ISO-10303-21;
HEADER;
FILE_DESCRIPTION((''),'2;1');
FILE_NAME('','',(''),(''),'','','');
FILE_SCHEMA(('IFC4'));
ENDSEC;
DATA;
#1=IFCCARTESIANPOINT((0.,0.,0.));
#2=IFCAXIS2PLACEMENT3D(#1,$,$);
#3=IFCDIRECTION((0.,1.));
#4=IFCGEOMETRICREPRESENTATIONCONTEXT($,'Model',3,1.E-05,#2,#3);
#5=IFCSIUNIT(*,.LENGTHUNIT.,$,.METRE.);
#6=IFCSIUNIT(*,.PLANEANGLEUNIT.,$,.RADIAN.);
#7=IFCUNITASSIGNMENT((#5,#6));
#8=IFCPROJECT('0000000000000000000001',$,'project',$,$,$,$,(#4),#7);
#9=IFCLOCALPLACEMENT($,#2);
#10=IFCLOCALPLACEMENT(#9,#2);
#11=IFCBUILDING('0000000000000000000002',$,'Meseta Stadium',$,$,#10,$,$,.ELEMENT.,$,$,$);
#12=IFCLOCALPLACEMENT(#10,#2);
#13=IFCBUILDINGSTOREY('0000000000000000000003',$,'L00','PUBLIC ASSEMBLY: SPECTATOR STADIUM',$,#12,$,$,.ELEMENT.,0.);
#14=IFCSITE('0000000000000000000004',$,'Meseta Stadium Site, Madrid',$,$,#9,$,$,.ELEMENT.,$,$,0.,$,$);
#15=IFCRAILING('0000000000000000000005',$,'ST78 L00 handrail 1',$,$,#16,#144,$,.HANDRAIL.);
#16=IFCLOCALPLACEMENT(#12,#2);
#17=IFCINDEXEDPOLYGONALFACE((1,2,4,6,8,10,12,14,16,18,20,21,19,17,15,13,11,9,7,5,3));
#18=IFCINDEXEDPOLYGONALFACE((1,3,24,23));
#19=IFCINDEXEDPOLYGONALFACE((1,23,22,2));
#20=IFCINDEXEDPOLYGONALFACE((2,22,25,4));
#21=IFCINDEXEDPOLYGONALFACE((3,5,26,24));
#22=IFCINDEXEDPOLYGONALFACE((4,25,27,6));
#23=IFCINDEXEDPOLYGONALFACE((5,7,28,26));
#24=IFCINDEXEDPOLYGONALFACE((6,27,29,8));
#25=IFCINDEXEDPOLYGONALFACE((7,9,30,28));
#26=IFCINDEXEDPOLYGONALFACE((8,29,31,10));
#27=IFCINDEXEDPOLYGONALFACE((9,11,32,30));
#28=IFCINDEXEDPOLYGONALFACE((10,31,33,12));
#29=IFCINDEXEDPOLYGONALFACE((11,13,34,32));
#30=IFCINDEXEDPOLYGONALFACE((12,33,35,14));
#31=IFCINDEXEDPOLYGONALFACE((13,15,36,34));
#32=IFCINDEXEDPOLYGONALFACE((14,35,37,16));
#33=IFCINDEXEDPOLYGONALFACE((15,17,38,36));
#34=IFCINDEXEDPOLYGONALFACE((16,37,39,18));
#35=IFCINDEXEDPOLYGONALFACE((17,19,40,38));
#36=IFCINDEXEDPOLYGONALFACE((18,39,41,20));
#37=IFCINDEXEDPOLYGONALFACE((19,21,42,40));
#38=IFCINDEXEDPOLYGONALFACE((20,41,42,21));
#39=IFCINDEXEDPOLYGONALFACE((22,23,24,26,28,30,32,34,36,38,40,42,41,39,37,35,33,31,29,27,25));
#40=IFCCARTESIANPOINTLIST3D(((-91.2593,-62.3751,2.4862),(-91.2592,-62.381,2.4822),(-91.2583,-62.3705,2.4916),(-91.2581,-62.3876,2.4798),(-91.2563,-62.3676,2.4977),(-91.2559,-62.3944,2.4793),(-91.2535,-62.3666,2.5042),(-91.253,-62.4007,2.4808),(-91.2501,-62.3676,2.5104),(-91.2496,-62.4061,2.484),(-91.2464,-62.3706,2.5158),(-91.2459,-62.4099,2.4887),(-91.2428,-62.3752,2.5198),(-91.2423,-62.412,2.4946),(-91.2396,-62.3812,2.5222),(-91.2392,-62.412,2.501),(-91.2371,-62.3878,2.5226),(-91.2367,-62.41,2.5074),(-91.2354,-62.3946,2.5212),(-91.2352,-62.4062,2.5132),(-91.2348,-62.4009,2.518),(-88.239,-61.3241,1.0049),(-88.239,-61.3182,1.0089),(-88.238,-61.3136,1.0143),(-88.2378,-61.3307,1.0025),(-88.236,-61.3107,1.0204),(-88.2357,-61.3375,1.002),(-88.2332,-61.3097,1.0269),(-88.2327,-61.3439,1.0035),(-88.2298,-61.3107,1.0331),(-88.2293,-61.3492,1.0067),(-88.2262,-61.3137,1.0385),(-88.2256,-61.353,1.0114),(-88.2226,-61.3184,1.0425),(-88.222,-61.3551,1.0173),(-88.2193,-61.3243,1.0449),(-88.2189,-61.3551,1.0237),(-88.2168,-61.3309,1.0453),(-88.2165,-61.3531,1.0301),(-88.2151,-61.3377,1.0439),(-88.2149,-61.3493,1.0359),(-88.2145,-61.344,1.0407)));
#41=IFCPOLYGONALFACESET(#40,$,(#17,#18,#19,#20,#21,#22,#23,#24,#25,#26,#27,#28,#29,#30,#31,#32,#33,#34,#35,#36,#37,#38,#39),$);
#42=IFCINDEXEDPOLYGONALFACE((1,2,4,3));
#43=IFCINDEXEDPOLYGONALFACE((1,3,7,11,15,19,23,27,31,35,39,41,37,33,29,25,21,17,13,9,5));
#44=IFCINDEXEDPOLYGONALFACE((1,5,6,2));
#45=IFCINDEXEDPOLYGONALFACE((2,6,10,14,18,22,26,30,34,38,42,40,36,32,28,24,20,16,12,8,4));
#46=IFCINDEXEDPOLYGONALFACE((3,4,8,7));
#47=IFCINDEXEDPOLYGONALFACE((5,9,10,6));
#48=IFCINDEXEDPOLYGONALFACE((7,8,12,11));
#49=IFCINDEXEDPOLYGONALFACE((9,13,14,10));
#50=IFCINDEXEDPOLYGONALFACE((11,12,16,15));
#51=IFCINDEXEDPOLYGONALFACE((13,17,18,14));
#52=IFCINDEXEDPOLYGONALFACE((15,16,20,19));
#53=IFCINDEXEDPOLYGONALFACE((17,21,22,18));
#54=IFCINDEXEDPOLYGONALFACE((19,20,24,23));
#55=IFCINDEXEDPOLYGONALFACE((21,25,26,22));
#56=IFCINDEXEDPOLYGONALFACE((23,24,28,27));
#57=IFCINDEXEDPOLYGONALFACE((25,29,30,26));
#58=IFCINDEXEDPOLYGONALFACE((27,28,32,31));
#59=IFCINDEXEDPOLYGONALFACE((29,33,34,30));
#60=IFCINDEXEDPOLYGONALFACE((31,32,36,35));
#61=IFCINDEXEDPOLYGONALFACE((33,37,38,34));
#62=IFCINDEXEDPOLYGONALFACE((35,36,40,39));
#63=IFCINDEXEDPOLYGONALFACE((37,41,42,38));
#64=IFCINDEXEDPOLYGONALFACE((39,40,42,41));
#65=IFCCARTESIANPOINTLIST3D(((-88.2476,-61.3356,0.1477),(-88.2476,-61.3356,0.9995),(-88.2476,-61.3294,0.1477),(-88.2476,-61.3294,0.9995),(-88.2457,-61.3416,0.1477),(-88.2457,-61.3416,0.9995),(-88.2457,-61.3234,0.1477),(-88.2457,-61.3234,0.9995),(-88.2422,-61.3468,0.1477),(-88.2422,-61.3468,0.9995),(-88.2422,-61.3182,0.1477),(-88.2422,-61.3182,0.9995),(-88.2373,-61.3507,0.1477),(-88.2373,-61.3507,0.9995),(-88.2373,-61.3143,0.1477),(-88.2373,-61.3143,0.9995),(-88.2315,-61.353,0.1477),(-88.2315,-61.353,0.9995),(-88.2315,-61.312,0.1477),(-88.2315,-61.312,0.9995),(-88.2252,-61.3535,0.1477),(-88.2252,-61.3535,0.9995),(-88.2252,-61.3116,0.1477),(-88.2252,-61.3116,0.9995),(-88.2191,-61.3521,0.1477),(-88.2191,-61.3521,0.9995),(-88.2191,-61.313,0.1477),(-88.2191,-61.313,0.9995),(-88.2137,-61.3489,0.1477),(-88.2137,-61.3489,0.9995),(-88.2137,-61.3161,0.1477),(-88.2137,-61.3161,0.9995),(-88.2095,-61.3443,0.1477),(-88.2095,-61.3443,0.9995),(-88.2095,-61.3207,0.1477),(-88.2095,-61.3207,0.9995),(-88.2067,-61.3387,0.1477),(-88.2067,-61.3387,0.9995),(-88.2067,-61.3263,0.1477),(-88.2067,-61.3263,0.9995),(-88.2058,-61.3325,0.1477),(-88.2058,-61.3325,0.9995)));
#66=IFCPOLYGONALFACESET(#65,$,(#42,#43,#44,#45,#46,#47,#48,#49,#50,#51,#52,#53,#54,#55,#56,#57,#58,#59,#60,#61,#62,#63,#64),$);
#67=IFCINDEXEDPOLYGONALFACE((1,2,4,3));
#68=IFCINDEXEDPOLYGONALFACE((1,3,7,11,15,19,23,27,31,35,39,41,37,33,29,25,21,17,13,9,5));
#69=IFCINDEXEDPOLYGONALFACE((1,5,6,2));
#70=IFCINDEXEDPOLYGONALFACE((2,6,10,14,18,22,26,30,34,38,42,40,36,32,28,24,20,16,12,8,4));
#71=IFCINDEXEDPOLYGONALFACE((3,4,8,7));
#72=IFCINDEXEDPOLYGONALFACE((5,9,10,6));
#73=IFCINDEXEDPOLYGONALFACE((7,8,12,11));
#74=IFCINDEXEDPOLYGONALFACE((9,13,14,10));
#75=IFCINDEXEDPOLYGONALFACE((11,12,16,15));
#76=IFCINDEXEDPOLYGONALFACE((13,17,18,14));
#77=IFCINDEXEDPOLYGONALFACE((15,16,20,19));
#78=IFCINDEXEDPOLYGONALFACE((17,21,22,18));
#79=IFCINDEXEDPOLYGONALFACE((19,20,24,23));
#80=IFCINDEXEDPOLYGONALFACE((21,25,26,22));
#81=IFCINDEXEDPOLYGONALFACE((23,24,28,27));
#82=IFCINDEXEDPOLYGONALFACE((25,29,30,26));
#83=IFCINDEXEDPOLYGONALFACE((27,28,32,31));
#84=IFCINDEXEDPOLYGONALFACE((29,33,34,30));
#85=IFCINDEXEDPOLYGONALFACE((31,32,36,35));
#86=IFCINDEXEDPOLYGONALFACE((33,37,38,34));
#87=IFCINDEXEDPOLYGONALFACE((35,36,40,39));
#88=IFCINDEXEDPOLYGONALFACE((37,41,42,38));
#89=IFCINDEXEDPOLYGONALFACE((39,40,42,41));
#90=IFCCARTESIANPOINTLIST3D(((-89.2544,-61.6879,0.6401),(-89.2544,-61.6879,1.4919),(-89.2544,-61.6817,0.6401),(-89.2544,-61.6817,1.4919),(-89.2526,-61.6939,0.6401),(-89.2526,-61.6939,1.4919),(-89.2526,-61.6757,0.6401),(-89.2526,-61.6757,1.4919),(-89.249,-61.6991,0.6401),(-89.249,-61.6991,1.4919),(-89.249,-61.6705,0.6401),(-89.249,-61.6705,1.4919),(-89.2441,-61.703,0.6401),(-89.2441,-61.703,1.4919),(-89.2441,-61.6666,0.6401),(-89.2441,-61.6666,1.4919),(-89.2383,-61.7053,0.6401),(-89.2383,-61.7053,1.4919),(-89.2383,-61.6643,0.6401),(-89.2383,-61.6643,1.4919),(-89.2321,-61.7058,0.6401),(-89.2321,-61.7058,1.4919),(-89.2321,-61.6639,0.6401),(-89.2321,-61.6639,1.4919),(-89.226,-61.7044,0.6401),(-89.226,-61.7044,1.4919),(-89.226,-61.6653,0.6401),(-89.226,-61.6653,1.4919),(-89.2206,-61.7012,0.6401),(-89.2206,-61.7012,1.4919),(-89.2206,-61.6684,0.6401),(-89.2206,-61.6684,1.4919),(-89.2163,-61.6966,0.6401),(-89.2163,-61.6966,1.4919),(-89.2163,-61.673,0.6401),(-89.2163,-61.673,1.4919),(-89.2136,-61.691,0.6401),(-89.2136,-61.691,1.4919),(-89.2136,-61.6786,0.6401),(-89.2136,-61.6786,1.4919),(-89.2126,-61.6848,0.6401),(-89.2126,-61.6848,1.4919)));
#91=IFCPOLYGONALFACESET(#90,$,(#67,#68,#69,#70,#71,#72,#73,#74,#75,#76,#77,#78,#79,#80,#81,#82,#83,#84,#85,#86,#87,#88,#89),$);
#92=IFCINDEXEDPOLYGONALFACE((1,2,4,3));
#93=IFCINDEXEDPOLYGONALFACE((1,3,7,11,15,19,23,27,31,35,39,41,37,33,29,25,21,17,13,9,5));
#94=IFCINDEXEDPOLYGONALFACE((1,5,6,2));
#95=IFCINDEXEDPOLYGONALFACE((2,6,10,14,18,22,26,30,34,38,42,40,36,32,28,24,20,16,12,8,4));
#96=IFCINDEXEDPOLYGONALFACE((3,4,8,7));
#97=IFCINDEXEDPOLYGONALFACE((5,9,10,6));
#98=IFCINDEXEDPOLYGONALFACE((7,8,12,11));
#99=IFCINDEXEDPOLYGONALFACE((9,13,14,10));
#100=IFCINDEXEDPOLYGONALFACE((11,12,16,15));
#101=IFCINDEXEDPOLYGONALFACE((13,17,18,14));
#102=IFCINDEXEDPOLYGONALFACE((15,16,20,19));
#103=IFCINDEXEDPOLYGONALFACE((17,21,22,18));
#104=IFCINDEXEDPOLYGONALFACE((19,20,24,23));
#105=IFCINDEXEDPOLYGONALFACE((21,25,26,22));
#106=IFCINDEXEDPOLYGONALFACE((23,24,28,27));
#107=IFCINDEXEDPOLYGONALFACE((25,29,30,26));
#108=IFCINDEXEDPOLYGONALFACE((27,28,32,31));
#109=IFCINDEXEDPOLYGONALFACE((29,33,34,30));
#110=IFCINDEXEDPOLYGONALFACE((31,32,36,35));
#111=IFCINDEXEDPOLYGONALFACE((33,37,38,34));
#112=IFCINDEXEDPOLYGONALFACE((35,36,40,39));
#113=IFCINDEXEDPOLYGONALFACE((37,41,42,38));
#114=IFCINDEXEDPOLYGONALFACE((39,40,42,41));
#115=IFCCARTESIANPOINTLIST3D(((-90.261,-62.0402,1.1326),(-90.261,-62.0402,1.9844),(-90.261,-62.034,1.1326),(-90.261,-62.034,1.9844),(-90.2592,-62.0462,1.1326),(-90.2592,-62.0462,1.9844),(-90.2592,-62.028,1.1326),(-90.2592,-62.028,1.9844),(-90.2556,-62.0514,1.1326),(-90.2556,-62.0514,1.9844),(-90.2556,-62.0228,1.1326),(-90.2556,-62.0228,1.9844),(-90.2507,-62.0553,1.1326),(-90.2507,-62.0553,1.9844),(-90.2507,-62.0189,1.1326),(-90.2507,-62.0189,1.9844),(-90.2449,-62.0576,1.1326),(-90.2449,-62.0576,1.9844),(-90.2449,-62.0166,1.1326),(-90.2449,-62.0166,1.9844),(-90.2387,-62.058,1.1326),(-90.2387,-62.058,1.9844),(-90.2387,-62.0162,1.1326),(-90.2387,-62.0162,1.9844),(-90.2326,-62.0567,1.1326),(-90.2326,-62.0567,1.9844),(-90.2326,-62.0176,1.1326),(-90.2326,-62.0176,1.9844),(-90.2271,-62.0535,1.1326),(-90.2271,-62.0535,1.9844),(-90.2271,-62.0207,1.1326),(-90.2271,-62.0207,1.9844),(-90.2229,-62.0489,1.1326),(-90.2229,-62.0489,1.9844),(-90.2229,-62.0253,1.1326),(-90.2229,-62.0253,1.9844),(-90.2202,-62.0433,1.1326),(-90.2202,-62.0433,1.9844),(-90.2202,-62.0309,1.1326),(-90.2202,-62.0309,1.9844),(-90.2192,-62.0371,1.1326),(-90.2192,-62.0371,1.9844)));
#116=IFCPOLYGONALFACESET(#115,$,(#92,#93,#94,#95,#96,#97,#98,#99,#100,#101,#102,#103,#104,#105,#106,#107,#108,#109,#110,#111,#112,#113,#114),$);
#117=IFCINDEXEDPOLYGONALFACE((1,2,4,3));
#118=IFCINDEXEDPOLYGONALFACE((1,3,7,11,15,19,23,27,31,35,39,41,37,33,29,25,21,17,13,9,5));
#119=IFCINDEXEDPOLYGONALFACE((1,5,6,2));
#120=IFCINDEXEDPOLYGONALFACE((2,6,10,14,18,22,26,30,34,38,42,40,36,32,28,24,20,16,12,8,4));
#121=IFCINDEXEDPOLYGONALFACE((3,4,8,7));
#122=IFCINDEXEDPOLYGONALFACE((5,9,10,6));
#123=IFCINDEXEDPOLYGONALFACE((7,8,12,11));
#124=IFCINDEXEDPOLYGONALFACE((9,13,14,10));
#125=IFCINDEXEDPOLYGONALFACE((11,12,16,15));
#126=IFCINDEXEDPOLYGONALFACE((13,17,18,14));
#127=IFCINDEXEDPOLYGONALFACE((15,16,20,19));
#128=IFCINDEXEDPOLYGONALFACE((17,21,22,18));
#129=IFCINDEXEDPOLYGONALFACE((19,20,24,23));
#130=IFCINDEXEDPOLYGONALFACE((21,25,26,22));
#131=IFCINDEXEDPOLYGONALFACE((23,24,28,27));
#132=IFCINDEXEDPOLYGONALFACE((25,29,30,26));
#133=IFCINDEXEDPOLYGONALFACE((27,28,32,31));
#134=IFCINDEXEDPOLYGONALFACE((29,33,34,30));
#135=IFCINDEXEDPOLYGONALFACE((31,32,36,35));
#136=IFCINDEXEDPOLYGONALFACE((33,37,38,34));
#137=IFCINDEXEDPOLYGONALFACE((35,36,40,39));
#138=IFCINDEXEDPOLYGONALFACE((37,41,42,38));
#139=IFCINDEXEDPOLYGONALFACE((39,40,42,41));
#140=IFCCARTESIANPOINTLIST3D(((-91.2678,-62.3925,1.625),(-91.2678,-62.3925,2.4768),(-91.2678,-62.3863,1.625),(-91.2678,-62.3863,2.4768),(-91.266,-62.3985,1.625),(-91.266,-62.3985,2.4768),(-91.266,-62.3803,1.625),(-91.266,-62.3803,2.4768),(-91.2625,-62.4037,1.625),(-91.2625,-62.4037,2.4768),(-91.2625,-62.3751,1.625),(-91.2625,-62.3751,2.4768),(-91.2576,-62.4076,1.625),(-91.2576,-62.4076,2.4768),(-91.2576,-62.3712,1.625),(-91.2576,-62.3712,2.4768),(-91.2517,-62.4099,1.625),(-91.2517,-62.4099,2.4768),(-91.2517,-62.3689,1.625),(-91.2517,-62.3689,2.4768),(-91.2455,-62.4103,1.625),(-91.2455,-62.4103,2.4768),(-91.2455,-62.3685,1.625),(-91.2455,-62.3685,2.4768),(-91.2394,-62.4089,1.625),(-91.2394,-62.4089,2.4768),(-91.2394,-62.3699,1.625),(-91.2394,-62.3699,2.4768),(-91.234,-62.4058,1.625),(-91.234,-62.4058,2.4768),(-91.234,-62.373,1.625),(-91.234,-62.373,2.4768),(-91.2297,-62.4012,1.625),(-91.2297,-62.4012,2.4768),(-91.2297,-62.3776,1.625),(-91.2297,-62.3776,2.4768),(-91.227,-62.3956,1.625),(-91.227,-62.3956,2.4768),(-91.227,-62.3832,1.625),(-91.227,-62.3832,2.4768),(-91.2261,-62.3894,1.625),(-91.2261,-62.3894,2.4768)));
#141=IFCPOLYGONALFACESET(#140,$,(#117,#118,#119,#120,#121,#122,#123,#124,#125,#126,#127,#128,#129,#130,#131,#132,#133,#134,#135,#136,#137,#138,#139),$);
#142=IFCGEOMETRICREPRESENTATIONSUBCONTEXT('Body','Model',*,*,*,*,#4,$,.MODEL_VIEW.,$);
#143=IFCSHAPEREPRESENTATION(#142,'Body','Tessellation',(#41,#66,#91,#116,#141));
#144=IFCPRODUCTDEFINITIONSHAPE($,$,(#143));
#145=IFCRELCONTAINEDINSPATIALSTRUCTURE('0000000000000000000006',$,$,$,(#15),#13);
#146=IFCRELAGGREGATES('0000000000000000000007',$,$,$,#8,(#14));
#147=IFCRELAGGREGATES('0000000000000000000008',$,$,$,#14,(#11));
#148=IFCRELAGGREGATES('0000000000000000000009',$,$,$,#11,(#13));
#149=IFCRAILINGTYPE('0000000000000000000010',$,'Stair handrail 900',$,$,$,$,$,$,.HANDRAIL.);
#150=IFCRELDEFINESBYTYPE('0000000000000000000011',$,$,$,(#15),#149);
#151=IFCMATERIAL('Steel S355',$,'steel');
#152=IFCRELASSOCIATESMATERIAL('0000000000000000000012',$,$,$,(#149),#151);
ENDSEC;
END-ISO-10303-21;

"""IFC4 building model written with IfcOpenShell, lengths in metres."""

from ifc_helpers import new_model, si_unit, direction, frame, origin, origin_2d, place, context, subcontext, project, spatial, circle, extrude, material, type_object, element, save


model = new_model("IFC4")

# Units and contexts
model_context = context("Model", 3, precision=1e-05, world=origin(), true_north=direction((0.0, 1.0)))
body_context = subcontext(model_context, "Body", "Model", "MODEL_VIEW")
ifc_project = project(units=[si_unit("LENGTHUNIT", "METRE"), si_unit("PLANEANGLEUNIT", "RADIAN")], contexts=[model_context])

# Site, building, storey
site_placement = place(None, origin())
site = spatial("IfcSite", under=ifc_project, at=site_placement, Name="Meseta Stadium Site, Madrid", CompositionType="ELEMENT", RefElevation=0.0)
building_placement = place(site_placement, origin())
building = spatial("IfcBuilding", under=site, at=building_placement, Name="Meseta Stadium", CompositionType="ELEMENT")
storey_placement = place(building_placement, origin())
storey = spatial("IfcBuildingStorey", under=building, at=storey_placement, Name="L00", Description="PUBLIC ASSEMBLY: SPECTATOR STADIUM", CompositionType="ELEMENT", Elevation=0.0)

# Railing
ifc_material_1 = material(Name="Steel S355", Category="steel")
railing_type_1 = type_object("IfcRailingType", Name="Stair handrail 900", PredefinedType="HANDRAIL", material=ifc_material_1)
for number, where, name in (
    (1, (-88.2268, -61.3325, 0.1477), "ST78 L00 handrail 1"),
):
    element("IfcRailing", number, at=place(storey_placement, frame(where)), inside=storey, type_object=railing_type_1, Name=name, PredefinedType="HANDRAIL", context=body_context, shape_type="SweptSolid", body=[
        extrude(circle(Radius=0.0239, at=origin_2d()), frame((0.0, 0.0, 0.876), z_axis=(-0.856958, -0.299876, 0.419162), x_axis=(0.330293, -0.943879, 0.0)), (0.0, 0.0, 1.0), 3.5244),
        extrude(circle(Radius=0.021, at=origin_2d()), origin(), (0.0, 0.0, 1.0), 0.8518),
        extrude(circle(Radius=0.021, at=origin_2d()), frame((-1.0068, -0.3523, 0.4924)), (0.0, 0.0, 1.0), 0.8518),
        extrude(circle(Radius=0.021, at=origin_2d()), frame((-2.0134, -0.7046, 0.9849)), (0.0, 0.0, 1.0), 0.8518),
        extrude(circle(Radius=0.021, at=origin_2d()), frame((-3.0203, -1.0569, 1.4773)), (0.0, 0.0, 1.0), 0.8518),
    ])

save(model, "model.ifc")
